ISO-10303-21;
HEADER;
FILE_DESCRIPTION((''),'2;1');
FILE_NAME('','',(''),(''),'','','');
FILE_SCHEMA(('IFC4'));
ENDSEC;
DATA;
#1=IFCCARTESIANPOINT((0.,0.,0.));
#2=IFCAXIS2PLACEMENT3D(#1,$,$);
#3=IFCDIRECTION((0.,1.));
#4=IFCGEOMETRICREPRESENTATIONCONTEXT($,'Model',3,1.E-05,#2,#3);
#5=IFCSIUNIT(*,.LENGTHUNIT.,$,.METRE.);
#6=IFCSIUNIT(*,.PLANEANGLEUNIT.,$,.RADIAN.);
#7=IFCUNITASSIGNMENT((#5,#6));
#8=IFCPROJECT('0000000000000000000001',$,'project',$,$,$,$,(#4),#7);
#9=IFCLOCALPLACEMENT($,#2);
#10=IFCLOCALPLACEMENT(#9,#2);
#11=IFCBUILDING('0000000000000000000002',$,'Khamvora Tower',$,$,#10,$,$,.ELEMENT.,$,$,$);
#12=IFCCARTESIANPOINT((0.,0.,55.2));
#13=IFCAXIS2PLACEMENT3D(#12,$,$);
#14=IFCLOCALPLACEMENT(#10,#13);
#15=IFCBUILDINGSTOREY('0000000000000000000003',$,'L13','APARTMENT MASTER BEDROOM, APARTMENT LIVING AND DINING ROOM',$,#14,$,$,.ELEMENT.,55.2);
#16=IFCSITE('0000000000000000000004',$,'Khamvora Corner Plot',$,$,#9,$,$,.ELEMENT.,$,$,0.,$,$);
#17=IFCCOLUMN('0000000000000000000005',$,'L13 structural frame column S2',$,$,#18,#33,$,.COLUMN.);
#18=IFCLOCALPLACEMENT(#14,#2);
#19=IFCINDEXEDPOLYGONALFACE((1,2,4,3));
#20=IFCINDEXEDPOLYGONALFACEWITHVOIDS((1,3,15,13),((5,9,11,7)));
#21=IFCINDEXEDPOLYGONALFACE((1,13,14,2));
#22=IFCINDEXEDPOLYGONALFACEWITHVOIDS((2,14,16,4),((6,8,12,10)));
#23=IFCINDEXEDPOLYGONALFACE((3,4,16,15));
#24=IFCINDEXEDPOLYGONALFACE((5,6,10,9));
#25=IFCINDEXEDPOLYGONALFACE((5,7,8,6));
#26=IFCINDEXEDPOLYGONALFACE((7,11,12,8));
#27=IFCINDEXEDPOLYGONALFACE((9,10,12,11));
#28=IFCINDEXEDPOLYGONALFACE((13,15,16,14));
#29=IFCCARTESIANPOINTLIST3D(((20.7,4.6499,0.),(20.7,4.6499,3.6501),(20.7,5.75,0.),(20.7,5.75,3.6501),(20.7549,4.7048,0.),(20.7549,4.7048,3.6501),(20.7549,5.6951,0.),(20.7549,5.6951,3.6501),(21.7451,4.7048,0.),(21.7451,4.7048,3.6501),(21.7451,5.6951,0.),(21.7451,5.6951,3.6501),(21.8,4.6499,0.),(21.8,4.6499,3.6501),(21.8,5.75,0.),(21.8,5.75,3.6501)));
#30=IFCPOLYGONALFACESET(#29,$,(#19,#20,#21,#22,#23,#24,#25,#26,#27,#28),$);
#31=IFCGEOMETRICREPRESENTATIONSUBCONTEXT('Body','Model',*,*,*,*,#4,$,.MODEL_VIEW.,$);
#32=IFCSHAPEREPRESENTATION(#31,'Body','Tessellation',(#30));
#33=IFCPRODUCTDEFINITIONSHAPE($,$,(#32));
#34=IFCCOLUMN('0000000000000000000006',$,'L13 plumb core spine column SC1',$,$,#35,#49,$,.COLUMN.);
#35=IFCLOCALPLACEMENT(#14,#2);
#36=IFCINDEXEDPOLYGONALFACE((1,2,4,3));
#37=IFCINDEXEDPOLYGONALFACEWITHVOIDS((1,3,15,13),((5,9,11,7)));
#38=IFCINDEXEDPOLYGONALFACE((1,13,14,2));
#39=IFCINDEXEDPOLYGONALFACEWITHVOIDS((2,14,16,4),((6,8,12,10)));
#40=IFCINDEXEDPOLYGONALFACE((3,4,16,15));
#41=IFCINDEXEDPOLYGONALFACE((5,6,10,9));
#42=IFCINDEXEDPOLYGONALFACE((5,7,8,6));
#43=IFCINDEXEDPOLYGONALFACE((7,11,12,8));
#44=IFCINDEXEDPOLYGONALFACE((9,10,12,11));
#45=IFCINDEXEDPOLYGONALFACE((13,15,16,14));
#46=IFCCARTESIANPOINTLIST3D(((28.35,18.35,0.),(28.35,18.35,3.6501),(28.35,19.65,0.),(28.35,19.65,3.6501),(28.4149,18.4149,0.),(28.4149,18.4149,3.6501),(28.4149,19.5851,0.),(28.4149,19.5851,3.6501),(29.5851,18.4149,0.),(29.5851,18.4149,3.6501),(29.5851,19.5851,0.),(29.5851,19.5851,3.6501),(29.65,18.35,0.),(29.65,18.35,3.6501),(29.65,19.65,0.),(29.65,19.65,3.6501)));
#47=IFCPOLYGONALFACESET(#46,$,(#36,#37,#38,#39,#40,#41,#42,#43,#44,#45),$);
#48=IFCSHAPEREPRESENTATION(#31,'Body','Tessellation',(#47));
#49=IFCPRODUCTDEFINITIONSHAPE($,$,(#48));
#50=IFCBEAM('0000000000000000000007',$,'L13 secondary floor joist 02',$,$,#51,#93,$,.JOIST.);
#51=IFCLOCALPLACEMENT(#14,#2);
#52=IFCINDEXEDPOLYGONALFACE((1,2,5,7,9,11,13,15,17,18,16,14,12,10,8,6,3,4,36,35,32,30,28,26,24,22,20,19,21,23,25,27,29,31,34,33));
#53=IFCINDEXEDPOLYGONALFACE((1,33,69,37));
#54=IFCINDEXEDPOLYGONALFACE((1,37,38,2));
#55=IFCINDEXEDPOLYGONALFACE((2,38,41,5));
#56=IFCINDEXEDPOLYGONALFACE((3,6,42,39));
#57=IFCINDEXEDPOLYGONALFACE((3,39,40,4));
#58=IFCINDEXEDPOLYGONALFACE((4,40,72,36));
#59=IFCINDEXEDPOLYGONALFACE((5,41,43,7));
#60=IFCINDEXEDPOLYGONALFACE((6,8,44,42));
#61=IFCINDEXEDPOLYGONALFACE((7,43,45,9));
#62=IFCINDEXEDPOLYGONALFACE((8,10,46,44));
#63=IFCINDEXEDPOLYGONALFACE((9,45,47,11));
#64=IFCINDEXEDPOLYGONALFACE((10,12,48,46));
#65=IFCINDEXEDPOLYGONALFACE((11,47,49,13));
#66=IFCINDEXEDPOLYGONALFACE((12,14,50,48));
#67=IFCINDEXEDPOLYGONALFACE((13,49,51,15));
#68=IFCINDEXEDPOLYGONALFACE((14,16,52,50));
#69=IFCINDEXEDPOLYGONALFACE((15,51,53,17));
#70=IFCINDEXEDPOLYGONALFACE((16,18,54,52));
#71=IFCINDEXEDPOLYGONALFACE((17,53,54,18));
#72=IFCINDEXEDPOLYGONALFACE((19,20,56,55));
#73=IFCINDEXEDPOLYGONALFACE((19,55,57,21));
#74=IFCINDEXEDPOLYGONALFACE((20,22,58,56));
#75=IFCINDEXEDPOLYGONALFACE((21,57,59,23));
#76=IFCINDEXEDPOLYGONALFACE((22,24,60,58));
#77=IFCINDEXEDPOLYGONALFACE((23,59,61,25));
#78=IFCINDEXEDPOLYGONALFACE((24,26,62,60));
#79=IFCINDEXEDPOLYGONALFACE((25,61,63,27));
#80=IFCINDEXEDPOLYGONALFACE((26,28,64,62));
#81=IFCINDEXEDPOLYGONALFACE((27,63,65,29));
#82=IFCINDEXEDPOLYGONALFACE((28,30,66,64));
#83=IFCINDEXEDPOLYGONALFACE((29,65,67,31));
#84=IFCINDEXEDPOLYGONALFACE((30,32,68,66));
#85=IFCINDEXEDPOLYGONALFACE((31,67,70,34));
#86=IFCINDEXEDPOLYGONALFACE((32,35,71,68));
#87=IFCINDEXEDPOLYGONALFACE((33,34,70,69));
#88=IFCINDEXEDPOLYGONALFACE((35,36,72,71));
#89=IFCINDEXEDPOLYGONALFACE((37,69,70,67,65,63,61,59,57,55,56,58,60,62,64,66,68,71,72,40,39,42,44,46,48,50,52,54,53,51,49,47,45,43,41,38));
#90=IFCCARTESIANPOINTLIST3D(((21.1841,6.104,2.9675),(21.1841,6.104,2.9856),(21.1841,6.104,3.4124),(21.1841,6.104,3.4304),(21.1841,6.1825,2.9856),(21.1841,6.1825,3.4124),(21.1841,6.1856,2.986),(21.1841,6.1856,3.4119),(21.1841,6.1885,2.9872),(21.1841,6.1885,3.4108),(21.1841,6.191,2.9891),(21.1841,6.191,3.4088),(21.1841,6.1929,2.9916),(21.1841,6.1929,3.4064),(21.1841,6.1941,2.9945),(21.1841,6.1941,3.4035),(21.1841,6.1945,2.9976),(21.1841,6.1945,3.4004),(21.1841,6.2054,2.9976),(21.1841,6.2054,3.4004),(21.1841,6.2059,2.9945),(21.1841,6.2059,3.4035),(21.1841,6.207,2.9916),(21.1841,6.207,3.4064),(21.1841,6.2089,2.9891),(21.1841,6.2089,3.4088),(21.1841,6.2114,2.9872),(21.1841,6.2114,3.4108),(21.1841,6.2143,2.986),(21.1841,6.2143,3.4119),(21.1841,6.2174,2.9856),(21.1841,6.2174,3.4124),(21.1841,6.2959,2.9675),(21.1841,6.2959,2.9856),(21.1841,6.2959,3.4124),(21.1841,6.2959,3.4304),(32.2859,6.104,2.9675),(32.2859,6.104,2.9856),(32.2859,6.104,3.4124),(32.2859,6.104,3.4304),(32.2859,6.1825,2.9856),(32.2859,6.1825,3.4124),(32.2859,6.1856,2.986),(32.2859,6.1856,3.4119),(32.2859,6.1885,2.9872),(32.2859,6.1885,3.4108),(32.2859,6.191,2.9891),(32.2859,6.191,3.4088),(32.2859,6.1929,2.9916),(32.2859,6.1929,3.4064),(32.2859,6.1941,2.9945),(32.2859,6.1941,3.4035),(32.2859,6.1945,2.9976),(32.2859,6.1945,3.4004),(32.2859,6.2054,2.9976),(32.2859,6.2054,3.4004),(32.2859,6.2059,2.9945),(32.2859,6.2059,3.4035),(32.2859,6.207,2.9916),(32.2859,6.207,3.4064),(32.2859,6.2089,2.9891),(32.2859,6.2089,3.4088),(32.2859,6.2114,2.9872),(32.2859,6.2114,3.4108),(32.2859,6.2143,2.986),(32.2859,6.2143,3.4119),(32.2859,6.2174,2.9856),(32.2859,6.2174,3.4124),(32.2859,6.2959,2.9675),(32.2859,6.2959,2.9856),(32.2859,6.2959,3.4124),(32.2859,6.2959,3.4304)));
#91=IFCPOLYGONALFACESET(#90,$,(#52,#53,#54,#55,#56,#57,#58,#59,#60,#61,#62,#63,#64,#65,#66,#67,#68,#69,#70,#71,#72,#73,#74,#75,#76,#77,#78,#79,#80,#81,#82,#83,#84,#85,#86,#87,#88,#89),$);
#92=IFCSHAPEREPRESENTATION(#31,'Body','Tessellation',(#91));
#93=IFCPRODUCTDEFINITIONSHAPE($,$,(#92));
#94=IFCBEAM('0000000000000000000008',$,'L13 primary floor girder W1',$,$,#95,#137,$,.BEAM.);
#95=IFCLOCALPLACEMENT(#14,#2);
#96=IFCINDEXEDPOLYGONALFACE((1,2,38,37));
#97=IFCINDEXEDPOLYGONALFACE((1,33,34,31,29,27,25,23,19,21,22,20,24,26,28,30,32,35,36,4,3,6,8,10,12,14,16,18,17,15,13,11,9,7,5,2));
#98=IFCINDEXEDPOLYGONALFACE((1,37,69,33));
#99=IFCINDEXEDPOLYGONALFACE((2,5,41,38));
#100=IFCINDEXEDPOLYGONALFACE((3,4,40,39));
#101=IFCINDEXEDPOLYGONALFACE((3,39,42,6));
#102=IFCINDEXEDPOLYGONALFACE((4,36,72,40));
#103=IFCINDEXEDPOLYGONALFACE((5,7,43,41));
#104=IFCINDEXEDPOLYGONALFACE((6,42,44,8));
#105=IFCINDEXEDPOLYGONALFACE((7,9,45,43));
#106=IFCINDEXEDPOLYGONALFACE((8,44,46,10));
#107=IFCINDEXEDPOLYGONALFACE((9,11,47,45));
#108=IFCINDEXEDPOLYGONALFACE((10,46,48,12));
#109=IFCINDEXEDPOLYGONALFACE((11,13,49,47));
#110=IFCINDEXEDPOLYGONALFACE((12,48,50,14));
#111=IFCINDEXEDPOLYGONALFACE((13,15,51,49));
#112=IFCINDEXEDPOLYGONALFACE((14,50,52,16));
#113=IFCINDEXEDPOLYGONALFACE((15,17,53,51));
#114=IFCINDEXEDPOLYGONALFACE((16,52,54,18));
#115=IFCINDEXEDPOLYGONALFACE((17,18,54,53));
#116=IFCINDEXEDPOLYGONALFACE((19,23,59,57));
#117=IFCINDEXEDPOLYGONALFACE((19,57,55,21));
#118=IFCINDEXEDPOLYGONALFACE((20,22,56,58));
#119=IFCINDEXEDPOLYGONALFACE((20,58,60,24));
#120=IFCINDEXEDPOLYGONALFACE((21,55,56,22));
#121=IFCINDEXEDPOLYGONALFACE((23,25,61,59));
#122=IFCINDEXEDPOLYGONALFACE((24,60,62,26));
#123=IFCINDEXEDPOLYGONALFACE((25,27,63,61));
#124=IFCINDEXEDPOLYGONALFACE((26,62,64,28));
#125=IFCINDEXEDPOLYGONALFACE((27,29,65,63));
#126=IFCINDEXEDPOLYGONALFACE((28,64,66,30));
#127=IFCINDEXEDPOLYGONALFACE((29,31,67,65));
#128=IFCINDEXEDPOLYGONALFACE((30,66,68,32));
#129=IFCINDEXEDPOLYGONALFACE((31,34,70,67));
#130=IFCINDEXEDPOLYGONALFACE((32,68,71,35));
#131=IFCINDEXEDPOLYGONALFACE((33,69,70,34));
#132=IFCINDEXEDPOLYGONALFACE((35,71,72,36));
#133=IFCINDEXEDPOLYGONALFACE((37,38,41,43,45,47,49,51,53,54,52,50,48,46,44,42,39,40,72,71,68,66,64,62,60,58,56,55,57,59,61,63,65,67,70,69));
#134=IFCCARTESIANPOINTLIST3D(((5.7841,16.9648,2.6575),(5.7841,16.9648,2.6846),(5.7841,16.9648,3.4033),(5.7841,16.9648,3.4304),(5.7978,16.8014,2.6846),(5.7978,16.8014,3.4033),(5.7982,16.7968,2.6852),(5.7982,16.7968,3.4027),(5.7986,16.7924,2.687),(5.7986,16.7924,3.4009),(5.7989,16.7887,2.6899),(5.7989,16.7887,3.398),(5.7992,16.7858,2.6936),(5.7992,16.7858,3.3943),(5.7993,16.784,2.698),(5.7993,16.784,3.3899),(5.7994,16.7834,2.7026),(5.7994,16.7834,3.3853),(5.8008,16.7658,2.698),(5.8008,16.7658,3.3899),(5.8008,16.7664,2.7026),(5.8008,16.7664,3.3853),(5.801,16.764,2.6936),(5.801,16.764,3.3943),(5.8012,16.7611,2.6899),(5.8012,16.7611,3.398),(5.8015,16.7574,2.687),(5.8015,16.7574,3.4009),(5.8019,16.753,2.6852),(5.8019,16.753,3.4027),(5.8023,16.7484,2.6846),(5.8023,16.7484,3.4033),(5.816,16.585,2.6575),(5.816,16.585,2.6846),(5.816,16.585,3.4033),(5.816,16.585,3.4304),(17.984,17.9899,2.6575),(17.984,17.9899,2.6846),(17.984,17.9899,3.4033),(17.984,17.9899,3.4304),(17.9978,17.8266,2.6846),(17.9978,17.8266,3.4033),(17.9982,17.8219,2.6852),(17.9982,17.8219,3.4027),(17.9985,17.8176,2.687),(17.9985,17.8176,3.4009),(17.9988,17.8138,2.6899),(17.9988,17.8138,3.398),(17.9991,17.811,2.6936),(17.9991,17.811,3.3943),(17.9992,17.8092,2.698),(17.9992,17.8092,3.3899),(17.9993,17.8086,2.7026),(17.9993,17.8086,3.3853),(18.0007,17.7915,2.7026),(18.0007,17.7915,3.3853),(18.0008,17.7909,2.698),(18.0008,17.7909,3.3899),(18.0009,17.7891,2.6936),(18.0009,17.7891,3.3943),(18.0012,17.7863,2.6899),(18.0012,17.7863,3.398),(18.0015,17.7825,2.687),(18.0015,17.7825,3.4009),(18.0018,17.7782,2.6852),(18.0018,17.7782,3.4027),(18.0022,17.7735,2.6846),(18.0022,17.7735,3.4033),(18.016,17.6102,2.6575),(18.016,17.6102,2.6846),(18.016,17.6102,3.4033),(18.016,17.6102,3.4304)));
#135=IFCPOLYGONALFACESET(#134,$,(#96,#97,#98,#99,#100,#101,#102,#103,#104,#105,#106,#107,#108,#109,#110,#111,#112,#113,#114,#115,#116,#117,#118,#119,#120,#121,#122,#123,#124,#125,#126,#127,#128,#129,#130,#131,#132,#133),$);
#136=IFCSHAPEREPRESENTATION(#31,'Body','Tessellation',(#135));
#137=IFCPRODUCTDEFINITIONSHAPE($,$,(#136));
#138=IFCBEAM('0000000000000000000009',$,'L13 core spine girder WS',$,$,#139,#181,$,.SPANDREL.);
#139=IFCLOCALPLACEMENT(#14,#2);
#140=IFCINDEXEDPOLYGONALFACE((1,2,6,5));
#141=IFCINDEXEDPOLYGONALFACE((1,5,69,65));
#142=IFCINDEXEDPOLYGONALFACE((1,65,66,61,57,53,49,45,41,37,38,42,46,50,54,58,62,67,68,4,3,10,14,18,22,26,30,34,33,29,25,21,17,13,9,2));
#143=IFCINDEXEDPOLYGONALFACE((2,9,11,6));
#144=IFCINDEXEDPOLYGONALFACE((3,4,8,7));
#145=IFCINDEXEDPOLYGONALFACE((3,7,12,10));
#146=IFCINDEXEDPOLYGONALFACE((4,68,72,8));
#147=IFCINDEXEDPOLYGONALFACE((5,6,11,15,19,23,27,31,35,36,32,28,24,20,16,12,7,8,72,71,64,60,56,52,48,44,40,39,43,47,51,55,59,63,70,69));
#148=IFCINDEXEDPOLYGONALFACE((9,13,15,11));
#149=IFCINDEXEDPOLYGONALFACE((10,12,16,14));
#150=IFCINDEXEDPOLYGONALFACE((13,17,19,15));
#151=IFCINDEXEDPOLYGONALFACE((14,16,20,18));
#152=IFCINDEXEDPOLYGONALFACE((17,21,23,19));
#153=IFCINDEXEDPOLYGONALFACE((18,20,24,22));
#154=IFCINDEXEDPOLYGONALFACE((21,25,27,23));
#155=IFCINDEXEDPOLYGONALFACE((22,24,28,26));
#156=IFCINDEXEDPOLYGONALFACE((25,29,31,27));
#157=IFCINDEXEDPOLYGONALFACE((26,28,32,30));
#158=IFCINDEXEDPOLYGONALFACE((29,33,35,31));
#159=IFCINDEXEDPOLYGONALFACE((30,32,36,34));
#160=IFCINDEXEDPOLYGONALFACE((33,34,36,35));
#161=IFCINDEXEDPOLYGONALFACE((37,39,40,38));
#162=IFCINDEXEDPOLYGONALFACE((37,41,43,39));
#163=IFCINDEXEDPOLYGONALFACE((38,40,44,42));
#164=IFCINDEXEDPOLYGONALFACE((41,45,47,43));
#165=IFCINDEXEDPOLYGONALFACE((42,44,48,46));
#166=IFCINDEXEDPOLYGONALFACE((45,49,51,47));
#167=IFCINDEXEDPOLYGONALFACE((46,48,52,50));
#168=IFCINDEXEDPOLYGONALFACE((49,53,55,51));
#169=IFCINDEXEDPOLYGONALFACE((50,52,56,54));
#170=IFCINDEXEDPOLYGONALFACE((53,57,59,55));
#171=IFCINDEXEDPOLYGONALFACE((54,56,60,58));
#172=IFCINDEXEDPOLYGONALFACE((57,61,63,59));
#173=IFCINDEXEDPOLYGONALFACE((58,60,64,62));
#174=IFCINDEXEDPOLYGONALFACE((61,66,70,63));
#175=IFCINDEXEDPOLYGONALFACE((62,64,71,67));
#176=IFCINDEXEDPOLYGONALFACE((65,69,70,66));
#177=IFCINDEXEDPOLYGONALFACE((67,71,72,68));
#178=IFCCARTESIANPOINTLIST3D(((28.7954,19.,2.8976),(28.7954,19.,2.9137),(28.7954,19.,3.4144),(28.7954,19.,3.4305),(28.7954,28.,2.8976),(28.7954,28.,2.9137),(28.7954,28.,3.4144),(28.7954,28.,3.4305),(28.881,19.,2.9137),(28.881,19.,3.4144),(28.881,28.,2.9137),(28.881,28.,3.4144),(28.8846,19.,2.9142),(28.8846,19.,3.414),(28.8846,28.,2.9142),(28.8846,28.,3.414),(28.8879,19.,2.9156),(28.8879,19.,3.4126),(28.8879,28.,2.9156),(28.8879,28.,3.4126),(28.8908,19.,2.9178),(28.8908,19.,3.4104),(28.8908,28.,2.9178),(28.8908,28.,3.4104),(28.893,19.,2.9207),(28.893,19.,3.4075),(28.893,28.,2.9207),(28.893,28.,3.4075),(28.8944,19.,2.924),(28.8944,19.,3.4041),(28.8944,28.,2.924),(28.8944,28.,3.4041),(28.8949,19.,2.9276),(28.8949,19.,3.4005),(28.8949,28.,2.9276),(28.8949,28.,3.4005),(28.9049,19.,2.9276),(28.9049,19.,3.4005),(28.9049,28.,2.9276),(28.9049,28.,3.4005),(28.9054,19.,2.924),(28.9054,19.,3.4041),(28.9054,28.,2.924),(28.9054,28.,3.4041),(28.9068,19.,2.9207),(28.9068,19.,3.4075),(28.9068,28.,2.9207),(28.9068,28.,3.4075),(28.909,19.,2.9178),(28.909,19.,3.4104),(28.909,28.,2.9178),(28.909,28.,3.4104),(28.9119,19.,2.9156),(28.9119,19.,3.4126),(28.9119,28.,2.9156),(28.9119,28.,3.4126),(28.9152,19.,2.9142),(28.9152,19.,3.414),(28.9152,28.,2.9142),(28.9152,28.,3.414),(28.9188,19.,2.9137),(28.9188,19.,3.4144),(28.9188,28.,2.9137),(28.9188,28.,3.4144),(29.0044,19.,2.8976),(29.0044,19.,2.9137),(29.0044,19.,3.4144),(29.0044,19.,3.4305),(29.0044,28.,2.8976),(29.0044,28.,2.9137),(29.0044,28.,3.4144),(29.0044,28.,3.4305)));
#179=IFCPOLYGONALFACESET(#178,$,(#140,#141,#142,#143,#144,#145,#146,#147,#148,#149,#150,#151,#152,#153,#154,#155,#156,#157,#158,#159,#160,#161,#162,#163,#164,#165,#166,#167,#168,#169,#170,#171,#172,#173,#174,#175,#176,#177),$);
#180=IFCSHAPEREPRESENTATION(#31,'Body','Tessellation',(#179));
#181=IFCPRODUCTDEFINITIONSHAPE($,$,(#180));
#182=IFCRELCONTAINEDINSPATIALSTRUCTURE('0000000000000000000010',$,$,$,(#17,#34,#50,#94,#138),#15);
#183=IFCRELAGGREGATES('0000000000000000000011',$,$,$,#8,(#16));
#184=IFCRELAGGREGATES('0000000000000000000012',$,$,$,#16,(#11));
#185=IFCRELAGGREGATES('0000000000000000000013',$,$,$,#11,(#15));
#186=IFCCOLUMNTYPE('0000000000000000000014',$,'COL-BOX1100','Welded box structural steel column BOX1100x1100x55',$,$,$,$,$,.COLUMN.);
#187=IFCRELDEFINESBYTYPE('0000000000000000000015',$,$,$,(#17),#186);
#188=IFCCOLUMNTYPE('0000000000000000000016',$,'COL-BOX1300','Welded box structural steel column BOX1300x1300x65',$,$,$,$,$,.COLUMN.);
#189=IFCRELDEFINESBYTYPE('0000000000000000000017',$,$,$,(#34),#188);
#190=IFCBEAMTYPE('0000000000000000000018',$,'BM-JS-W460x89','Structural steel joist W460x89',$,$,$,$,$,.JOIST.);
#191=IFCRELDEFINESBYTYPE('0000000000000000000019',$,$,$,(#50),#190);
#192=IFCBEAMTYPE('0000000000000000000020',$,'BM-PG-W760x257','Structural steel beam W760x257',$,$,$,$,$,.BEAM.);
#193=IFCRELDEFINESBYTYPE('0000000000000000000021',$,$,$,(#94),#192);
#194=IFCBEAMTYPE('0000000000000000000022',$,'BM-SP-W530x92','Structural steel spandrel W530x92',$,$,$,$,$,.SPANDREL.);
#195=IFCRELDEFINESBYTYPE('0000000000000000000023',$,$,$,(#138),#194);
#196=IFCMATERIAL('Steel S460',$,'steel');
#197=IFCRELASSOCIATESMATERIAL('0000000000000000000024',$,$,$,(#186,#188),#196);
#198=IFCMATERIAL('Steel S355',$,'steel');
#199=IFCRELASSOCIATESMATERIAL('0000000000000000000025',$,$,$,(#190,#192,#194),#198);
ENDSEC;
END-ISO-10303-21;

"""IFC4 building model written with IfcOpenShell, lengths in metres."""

from ifc_helpers import new_model, si_unit, direction, frame, origin, origin_2d, place, context, subcontext, project, spatial, hollow_rectangle, i_section, extrude, material, material_profile, profile_set, type_object, element, save


model = new_model("IFC4")

# Units and contexts
model_context = context("Model", 3, precision=1e-05, world=origin(), true_north=direction((0.0, 1.0)))
body_context = subcontext(model_context, "Body", "Model", "MODEL_VIEW")
ifc_project = project(units=[si_unit("LENGTHUNIT", "METRE"), si_unit("PLANEANGLEUNIT", "RADIAN")], contexts=[model_context])

# Site, building, storey
site_placement = place(None, origin())
site = spatial("IfcSite", under=ifc_project, at=site_placement, Name="Khamvora Corner Plot", CompositionType="ELEMENT", RefElevation=0.0)
building_placement = place(site_placement, origin())
building = spatial("IfcBuilding", under=site, at=building_placement, Name="Khamvora Tower", CompositionType="ELEMENT")
storey_placement = place(building_placement, frame((0.0, 0.0, 55.2)))
storey = spatial("IfcBuildingStorey", under=building, at=storey_placement, Name="L13", Description="APARTMENT MASTER BEDROOM, APARTMENT LIVING AND DINING ROOM", CompositionType="ELEMENT", Elevation=55.2)

# Columns
ifc_material_1 = material(Name="Steel S460", Category="steel")
ifc_material_profile_1 = material_profile(ifc_material_1, hollow_rectangle(XDim=1.1001, YDim=1.1001, WallThickness=0.0549, at=origin_2d()), Name="BOX1100x1100x55")
ifc_profile_set_1 = profile_set([ifc_material_profile_1], Name="Steel S460")
column_type_1 = type_object("IfcColumnType", Name="COL-BOX1100", Description="Welded box structural steel column BOX1100x1100x55", PredefinedType="COLUMN", material=ifc_profile_set_1)
column_1_placement = place(storey_placement, frame((21.25, 5.2, 0.0), z_axis=(0.0, 0.0, 1.0), x_axis=(1.0, 0.0, 0.0)))
element("IfcColumn", 1, at=column_1_placement, inside=storey, type_object=column_type_1, Name="L13 structural frame column S2", PredefinedType="COLUMN", context=body_context, shape_type="SweptSolid", body=[
    extrude(hollow_rectangle(XDim=1.1001, YDim=1.1001, WallThickness=0.0549, at=origin_2d()), origin(), (0.0, 0.0, 1.0), 3.6501),
])
ifc_material_profile_2 = material_profile(ifc_material_1, hollow_rectangle(XDim=1.3, YDim=1.3, WallThickness=0.0649, at=origin_2d()), Name="BOX1300x1300x65")
ifc_profile_set_2 = profile_set([ifc_material_profile_2], Name="Steel S460")
column_type_2 = type_object("IfcColumnType", Name="COL-BOX1300", Description="Welded box structural steel column BOX1300x1300x65", PredefinedType="COLUMN", material=ifc_profile_set_2)
column_2_placement = place(storey_placement, frame((29.0, 19.0, 0.0), z_axis=(0.0, 0.0, 1.0), x_axis=(1.0, 0.0, 0.0)))
element("IfcColumn", 2, at=column_2_placement, inside=storey, type_object=column_type_2, Name="L13 plumb core spine column SC1", PredefinedType="COLUMN", context=body_context, shape_type="SweptSolid", body=[
    extrude(hollow_rectangle(XDim=1.3, YDim=1.3, WallThickness=0.0649, at=origin_2d()), origin(), (0.0, 0.0, 1.0), 3.6501),
])

# Beams
ifc_material_2 = material(Name="Steel S355", Category="steel")
ifc_material_profile_3 = material_profile(ifc_material_2, i_section(OverallWidth=0.1919, OverallDepth=0.4629, WebThickness=0.011, FlangeThickness=0.0181, FilletRadius=0.012, at=origin_2d()), Name="W460x89")
ifc_profile_set_3 = profile_set([ifc_material_profile_3], Name="Steel S355")
beam_type_1 = type_object("IfcBeamType", Name="BM-JS-W460x89", Description="Structural steel joist W460x89", PredefinedType="JOIST", material=ifc_profile_set_3)
beam_1_placement = place(storey_placement, frame((21.1841, 6.2, 3.199), z_axis=(1.0, 0.0, 0.0), x_axis=(0.0, 1.0, 0.0)))
element("IfcBeam", 3, at=beam_1_placement, inside=storey, type_object=beam_type_1, Name="L13 secondary floor joist 02", PredefinedType="JOIST", context=body_context, shape_type="SweptSolid", body=[
    extrude(i_section(OverallWidth=0.1919, OverallDepth=0.4629, WebThickness=0.011, FlangeThickness=0.0181, FilletRadius=0.012, at=origin_2d()), origin(), (0.0, 0.0, 1.0), 11.1018),
])
ifc_material_profile_4 = material_profile(ifc_material_2, i_section(OverallWidth=0.3811, OverallDepth=0.7729, WebThickness=0.0171, FlangeThickness=0.0271, FilletRadius=0.0181, at=origin_2d()), Name="W760x257")
ifc_profile_set_4 = profile_set([ifc_material_profile_4], Name="Steel S355")
beam_type_2 = type_object("IfcBeamType", Name="BM-PG-W760x257", Description="Structural steel beam W760x257", PredefinedType="BEAM", material=ifc_profile_set_4)
beam_2_placement = place(storey_placement, frame((18.0, 17.8, 3.0439), z_axis=(-0.996488, -0.083734, 0.0), x_axis=(0.083734, -0.996488, 0.0)))
element("IfcBeam", 4, at=beam_2_placement, inside=storey, type_object=beam_type_2, Name="L13 primary floor girder W1", PredefinedType="BEAM", context=body_context, shape_type="SweptSolid", body=[
    extrude(i_section(OverallWidth=0.3811, OverallDepth=0.7729, WebThickness=0.0171, FlangeThickness=0.0271, FilletRadius=0.0181, at=origin_2d()), origin(), (0.0, 0.0, 1.0), 12.2429),
])
ifc_material_profile_5 = material_profile(ifc_material_2, i_section(OverallWidth=0.209, OverallDepth=0.533, WebThickness=0.01, FlangeThickness=0.0161, FilletRadius=0.0139, at=origin_2d()), Name="W530x92")
ifc_profile_set_5 = profile_set([ifc_material_profile_5], Name="Steel S355")
beam_type_3 = type_object("IfcBeamType", Name="BM-SP-W530x92", Description="Structural steel spandrel W530x92", PredefinedType="SPANDREL", material=ifc_profile_set_5)
beam_3_placement = place(storey_placement, frame((28.8999, 19.0, 3.1641), z_axis=(0.0, 1.0, 0.0), x_axis=(-1.0, 0.0, 0.0)))
element("IfcBeam", 5, at=beam_3_placement, inside=storey, type_object=beam_type_3, Name="L13 core spine girder WS", PredefinedType="SPANDREL", context=body_context, shape_type="SweptSolid", body=[
    extrude(i_section(OverallWidth=0.209, OverallDepth=0.533, WebThickness=0.01, FlangeThickness=0.0161, FilletRadius=0.0139, at=origin_2d()), origin(), (0.0, 0.0, 1.0), 9.0),
])

save(model, "model.ifc")
